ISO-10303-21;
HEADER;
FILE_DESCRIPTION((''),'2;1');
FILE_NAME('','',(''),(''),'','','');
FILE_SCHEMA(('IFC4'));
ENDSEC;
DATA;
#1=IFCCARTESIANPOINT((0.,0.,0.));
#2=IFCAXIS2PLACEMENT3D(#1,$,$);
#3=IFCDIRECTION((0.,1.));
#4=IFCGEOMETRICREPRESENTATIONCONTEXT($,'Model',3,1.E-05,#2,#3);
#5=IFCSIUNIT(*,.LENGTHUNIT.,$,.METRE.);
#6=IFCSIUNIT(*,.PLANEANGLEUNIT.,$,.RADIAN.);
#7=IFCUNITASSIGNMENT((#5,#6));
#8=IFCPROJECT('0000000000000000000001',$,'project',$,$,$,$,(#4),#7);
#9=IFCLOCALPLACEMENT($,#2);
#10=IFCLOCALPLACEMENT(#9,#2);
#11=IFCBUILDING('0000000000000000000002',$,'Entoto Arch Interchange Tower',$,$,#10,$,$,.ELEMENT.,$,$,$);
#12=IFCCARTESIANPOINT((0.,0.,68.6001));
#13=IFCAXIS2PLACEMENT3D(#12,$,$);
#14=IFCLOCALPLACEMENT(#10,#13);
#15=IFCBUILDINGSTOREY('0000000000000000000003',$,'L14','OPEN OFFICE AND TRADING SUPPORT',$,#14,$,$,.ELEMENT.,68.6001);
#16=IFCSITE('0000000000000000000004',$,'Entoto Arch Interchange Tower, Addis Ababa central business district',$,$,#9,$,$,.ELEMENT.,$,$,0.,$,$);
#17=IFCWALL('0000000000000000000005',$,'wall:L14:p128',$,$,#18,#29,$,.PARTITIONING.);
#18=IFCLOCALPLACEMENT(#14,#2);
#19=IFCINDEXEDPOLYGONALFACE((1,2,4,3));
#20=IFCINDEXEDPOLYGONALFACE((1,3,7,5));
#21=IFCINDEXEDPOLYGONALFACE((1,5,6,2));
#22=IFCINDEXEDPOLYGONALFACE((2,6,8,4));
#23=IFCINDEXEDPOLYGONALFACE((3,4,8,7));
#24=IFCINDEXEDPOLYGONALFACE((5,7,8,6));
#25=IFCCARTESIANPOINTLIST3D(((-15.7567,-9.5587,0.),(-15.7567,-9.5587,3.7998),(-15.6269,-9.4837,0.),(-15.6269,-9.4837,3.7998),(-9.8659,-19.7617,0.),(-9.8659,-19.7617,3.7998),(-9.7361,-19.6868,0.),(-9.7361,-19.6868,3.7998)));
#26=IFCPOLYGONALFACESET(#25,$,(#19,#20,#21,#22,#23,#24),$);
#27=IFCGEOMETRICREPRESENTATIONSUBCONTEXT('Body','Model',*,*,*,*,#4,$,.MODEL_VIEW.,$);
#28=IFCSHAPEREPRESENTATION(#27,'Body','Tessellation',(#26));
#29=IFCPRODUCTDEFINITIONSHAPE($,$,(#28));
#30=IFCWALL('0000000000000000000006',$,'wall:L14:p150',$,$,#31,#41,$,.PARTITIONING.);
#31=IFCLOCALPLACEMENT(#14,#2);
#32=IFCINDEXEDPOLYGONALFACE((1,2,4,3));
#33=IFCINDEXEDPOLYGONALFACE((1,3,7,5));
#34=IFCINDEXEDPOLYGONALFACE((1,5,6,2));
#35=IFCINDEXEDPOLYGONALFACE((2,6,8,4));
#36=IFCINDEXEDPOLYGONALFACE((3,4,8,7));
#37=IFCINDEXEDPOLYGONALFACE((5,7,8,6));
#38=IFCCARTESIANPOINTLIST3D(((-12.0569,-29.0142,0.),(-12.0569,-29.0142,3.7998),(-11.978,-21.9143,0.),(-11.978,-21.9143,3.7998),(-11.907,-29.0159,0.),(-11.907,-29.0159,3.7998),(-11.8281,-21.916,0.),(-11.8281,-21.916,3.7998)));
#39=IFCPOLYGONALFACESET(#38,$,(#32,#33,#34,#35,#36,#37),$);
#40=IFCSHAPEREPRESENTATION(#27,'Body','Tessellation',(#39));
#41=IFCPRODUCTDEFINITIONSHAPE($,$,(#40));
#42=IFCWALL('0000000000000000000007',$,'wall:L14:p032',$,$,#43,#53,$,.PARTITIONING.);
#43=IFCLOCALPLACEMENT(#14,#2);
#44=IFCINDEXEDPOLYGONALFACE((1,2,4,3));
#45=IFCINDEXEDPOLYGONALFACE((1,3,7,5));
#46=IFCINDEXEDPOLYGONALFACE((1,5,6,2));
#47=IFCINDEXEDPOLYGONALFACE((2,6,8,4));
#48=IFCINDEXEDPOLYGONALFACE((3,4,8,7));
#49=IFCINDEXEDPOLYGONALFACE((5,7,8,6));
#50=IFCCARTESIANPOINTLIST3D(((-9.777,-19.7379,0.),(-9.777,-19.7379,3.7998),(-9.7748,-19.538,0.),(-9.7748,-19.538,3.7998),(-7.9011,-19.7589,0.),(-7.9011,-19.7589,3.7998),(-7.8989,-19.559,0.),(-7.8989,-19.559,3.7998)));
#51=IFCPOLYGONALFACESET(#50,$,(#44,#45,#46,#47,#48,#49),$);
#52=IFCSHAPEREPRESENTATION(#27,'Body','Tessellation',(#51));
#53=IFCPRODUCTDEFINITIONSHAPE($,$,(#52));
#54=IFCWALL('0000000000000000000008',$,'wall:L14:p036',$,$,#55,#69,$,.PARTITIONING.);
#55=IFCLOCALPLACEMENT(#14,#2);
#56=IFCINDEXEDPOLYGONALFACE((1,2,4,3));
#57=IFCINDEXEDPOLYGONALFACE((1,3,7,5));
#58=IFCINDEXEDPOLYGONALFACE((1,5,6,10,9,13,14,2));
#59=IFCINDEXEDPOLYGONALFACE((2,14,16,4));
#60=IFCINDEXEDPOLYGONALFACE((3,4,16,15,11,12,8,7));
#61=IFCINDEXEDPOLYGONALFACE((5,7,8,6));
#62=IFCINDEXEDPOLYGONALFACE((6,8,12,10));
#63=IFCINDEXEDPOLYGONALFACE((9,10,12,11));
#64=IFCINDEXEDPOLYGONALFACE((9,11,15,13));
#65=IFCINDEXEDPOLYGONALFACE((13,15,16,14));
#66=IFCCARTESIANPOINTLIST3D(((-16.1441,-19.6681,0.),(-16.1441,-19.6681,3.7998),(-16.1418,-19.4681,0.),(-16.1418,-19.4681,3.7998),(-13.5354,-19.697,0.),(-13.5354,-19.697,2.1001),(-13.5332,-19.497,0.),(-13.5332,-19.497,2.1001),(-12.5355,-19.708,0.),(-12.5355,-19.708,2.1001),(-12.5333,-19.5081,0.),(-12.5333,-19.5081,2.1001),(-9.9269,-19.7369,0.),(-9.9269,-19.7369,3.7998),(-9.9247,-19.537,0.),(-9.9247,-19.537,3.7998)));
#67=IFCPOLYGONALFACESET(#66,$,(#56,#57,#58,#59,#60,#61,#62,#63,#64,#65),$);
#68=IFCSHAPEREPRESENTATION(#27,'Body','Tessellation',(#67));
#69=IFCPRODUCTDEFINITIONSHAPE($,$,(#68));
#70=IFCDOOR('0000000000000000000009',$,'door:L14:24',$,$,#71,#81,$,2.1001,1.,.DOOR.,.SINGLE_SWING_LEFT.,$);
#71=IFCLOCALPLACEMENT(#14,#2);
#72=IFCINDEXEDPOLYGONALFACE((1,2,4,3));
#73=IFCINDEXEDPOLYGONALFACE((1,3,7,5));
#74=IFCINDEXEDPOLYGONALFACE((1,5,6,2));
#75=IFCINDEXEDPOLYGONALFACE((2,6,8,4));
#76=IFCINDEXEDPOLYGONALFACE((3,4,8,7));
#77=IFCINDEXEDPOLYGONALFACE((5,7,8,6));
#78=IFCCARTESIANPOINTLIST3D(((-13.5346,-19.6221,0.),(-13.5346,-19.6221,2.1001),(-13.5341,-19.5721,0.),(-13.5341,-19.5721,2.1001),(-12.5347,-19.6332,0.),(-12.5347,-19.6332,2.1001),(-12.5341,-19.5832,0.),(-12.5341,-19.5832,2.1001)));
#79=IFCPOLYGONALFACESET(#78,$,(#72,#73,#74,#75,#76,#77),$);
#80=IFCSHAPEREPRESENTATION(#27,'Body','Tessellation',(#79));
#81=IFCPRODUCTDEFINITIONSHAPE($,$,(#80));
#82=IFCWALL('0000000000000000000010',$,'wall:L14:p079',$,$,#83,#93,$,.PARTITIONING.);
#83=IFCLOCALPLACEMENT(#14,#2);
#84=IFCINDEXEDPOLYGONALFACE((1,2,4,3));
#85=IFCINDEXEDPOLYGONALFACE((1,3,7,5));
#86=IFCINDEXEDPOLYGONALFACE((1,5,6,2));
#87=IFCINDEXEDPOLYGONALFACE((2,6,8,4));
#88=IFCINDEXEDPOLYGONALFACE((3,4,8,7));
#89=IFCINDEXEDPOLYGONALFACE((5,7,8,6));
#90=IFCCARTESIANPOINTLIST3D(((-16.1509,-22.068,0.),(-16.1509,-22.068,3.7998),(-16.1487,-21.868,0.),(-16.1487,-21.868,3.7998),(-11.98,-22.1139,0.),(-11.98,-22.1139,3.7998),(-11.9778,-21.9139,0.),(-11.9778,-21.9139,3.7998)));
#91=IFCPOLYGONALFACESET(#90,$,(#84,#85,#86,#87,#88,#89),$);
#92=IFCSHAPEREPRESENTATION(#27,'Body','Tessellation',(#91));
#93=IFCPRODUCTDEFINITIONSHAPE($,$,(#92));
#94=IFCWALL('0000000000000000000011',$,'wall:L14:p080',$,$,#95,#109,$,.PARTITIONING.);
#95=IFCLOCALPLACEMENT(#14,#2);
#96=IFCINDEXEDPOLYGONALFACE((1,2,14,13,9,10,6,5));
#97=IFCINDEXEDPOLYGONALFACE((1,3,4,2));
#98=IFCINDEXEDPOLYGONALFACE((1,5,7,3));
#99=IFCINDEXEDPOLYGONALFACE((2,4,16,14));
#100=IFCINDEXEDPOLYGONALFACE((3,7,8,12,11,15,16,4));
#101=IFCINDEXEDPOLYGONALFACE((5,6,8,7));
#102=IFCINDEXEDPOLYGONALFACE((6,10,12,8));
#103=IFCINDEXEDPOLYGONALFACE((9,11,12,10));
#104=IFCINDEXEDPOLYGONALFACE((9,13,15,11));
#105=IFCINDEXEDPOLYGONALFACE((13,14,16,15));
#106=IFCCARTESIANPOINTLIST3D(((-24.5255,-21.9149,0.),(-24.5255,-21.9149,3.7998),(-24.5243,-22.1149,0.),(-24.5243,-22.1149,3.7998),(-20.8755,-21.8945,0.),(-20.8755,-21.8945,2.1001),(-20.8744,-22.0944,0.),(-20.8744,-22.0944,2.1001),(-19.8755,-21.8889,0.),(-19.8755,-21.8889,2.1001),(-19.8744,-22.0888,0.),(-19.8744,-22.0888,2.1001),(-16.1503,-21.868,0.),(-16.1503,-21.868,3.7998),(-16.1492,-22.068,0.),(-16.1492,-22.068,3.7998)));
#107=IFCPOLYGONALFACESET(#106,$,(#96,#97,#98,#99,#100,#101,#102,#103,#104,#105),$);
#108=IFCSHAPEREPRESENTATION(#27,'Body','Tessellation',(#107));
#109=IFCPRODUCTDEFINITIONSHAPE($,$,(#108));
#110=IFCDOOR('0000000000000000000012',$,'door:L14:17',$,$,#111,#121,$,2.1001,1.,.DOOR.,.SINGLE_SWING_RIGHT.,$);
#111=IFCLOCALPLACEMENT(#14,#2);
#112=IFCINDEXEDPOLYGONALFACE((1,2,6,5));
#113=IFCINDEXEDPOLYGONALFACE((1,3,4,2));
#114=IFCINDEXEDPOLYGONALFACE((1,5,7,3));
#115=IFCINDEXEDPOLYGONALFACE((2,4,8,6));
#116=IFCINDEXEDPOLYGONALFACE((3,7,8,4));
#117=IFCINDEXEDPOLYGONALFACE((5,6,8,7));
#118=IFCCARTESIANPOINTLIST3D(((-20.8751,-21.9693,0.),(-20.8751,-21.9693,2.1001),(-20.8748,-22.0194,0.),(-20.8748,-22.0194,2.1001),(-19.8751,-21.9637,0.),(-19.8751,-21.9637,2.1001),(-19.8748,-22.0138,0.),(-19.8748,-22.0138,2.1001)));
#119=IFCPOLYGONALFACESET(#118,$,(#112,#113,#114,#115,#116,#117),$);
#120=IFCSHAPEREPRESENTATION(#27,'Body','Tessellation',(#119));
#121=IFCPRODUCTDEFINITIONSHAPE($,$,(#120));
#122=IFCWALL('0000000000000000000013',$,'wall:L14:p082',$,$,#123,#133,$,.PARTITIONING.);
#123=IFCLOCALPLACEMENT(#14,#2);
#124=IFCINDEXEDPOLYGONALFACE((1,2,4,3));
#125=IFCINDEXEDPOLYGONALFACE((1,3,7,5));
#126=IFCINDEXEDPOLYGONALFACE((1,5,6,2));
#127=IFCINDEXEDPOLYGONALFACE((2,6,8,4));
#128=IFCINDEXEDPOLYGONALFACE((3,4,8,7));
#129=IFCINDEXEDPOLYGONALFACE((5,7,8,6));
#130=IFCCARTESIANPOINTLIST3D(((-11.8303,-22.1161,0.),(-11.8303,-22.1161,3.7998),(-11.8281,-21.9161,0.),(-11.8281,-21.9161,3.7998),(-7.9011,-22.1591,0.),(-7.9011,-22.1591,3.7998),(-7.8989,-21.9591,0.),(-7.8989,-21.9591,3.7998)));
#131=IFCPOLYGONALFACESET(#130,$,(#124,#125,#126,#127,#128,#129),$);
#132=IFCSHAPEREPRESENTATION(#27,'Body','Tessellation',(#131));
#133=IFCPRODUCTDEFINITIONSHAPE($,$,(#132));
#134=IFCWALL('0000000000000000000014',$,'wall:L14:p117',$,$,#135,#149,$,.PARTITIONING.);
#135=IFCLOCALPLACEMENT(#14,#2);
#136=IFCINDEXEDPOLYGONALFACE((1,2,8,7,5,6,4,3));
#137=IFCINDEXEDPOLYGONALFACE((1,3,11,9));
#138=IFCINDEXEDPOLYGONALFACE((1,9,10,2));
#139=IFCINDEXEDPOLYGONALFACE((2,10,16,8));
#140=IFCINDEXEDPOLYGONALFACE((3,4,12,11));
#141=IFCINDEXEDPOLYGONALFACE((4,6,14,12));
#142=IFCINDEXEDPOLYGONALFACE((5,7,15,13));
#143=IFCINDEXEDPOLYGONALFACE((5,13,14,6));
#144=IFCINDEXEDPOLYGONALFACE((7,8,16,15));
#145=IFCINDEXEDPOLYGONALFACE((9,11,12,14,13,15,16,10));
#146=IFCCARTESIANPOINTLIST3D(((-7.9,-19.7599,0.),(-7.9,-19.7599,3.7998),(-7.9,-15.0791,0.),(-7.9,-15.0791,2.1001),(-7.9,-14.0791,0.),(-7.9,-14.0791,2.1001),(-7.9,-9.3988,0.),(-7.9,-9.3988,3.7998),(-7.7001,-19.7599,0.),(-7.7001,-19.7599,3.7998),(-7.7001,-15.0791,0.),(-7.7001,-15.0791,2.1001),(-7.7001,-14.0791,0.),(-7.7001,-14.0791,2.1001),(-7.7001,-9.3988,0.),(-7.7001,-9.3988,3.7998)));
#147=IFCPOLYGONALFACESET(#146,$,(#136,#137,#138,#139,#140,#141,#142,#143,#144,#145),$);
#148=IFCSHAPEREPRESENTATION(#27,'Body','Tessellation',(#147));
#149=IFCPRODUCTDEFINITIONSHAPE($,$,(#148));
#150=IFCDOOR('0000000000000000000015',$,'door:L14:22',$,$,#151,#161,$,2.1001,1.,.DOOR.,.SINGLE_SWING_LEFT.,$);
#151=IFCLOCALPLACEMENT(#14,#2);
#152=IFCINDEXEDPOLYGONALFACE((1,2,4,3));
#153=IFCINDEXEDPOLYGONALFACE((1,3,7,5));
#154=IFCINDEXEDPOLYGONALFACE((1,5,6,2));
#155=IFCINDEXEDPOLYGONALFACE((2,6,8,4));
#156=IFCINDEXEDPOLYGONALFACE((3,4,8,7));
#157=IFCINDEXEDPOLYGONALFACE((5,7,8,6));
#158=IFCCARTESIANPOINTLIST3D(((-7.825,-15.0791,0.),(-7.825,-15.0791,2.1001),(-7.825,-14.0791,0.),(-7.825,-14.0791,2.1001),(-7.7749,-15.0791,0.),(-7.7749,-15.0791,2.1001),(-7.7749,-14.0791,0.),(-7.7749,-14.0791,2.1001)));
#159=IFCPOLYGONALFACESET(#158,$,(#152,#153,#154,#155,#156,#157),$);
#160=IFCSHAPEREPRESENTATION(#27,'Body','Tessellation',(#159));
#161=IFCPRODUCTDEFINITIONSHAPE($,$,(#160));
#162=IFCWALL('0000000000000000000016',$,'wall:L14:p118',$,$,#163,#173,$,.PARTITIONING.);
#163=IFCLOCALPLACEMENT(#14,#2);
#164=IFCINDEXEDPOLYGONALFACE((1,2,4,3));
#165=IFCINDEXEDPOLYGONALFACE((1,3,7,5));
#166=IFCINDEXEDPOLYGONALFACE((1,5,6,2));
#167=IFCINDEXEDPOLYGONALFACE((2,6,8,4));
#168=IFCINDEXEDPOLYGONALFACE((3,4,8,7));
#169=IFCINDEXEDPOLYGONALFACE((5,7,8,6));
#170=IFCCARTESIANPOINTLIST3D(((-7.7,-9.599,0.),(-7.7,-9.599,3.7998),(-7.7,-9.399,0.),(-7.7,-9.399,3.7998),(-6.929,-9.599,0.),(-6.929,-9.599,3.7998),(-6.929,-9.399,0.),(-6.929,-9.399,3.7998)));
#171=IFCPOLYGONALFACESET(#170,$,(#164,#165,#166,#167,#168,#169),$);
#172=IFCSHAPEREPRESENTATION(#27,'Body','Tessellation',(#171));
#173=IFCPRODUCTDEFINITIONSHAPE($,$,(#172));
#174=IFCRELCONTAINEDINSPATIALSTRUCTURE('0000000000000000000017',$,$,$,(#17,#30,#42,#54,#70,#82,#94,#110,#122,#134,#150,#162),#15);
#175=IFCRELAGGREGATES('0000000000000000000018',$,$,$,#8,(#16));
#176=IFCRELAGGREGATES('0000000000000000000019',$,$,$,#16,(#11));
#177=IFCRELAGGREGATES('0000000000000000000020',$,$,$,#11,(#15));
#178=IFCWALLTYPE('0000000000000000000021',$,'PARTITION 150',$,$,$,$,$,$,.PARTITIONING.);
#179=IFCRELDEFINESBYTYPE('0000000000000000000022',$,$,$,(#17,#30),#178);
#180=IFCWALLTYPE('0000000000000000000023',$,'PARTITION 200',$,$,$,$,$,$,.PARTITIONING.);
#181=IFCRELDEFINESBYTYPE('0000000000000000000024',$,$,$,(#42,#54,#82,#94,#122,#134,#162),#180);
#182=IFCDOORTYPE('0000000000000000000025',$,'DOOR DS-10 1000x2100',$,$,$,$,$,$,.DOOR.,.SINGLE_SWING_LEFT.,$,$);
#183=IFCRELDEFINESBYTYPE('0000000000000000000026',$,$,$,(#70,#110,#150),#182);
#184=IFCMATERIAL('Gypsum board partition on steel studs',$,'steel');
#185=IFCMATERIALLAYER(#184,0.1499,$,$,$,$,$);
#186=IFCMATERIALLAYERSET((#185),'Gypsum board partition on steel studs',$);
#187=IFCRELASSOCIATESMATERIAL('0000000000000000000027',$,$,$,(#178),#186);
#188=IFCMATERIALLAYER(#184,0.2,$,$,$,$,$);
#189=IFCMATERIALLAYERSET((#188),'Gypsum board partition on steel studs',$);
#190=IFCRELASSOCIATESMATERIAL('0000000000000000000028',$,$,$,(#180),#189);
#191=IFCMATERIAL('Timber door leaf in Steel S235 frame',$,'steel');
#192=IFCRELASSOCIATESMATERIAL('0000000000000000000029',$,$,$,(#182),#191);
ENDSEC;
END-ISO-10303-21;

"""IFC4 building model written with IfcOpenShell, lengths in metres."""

from ifc_helpers import new_model, si_unit, direction, frame, frame_2d, origin, place, context, subcontext, project, spatial, rectangle, extrude, material, layer, layer_set, type_object, element, fill, save


model = new_model("IFC4")

# Units and contexts
model_context = context("Model", 3, precision=1e-05, world=origin(), true_north=direction((0.0, 1.0)))
body_context = subcontext(model_context, "Body", "Model", "MODEL_VIEW")
ifc_project = project(units=[si_unit("LENGTHUNIT", "METRE"), si_unit("PLANEANGLEUNIT", "RADIAN")], contexts=[model_context])

# Site, building, storey
site_placement = place(None, origin())
site = spatial("IfcSite", under=ifc_project, at=site_placement, Name="Entoto Arch Interchange Tower, Addis Ababa central business district", CompositionType="ELEMENT", RefElevation=0.0)
building_placement = place(site_placement, origin())
building = spatial("IfcBuilding", under=site, at=building_placement, Name="Entoto Arch Interchange Tower", CompositionType="ELEMENT")
storey_placement = place(building_placement, frame((0.0, 0.0, 68.6001)))
storey = spatial("IfcBuildingStorey", under=building, at=storey_placement, Name="L14", Description="OPEN OFFICE AND TRADING SUPPORT", CompositionType="ELEMENT", Elevation=68.6001)

# Walls
ifc_material_1 = material(Name="Gypsum board partition on steel studs", Category="steel")
ifc_layer_1 = layer(ifc_material_1, 0.1499)
ifc_layer_set_1 = layer_set([ifc_layer_1], Name="Gypsum board partition on steel studs")
wall_type_1 = type_object("IfcWallType", Name="PARTITION 150", PredefinedType="PARTITIONING", material=ifc_layer_set_1)
wall_1_placement = place(storey_placement, frame((-9.801, -19.7241, 0.0), z_axis=(0.0, 0.0, 1.0), x_axis=(-0.500006, 0.866022, 0.0)))
element("IfcWall", 1, at=wall_1_placement, inside=storey, type_object=wall_type_1, Name="wall:L14:p128", PredefinedType="PARTITIONING", context=body_context, shape_type="SweptSolid", body=[
    extrude(rectangle(XDim=11.7815, YDim=0.1499, at=frame_2d((5.8906, 0.0))), origin(), (0.0, 0.0, 1.0), 3.7998),
])
wall_2_placement = place(storey_placement, frame((-11.9031, -21.915, 0.0), z_axis=(0.0, 0.0, 1.0), x_axis=(-0.011106, -0.999938, 0.0)))
element("IfcWall", 2, at=wall_2_placement, inside=storey, type_object=wall_type_1, Name="wall:L14:p150", PredefinedType="PARTITIONING", context=body_context, shape_type="SweptSolid", body=[
    extrude(rectangle(XDim=7.1003, YDim=0.1499, at=frame_2d((3.5503, 0.0))), origin(), (0.0, 0.0, 1.0), 3.7998),
])
ifc_layer_2 = layer(ifc_material_1, 0.2)
ifc_layer_set_2 = layer_set([ifc_layer_2], Name="Gypsum board partition on steel studs")
wall_type_2 = type_object("IfcWallType", Name="PARTITION 200", PredefinedType="PARTITIONING", material=ifc_layer_set_2)
wall_3_placement = place(storey_placement, frame((-9.7759, -19.6379, 0.0), z_axis=(0.0, 0.0, 1.0), x_axis=(0.999937, -0.011191, 0.0)))
element("IfcWall", 3, at=wall_3_placement, inside=storey, type_object=wall_type_2, Name="wall:L14:p032", PredefinedType="PARTITIONING", context=body_context, shape_type="SweptSolid", body=[
    extrude(rectangle(XDim=1.876, YDim=0.2, at=frame_2d((0.938, 0.0))), origin(), (0.0, 0.0, 1.0), 3.7998),
])

# Wall, opening, door
wall_4_placement = place(storey_placement, frame((-16.1431, -19.5681, 0.0), z_axis=(0.0, 0.0, 1.0), x_axis=(0.999939, -0.011073, 0.0)))
wall_4 = element("IfcWall", 4, at=wall_4_placement, inside=storey, type_object=wall_type_2, Name="wall:L14:p036", PredefinedType="PARTITIONING", context=body_context, shape_type="SweptSolid", body=[
    extrude(rectangle(XDim=6.2175, YDim=0.2, at=frame_2d((3.1089, 0.0))), origin(), (0.0, 0.0, 1.0), 3.7998),
])
opening_1_placement = place(wall_4_placement, frame((2.6089, 0.0, 0.0)))
opening_1 = element("IfcOpeningElement", 5, at=opening_1_placement, cuts=wall_4, PredefinedType="OPENING", context=body_context, shape_type="SweptSolid", body=[
    extrude(rectangle(XDim=1.0, YDim=2.1001, at=frame_2d((0.5, 1.05))), frame((0.0, 0.1099, 0.0), z_axis=(0.0, -1.0, 0.0), x_axis=(1.0, 0.0, 0.0)), (0.0, 0.0, 1.0), 0.22),
])
ifc_material_2 = material(Name="Timber door leaf in Steel S235 frame", Category="steel")
door_type = type_object("IfcDoorType", Name="DOOR DS-10 1000x2100", OperationType="SINGLE_SWING_LEFT", PredefinedType="DOOR", material=ifc_material_2)
door_1_placement = place(opening_1_placement, origin())
door_1 = element("IfcDoor", 6, at=door_1_placement, inside=storey, type_object=door_type, Name="door:L14:24", OperationType="SINGLE_SWING_LEFT", OverallHeight=2.1001, OverallWidth=1.0, PredefinedType="DOOR", context=body_context, shape_type="SweptSolid", body=[
    extrude(rectangle(XDim=1.0, YDim=2.1001, at=frame_2d((0.5, 1.05))), frame((0.0, 0.0249, 0.0), z_axis=(0.0, -1.0, 0.0), x_axis=(1.0, 0.0, 0.0)), (0.0, 0.0, 1.0), 0.05),
])
fill(opening_1, door_1)

# Wall
wall_5_placement = place(storey_placement, frame((-11.979, -22.0139, 0.0), z_axis=(0.0, 0.0, 1.0), x_axis=(-0.999939, 0.011004, 0.0)))
element("IfcWall", 7, at=wall_5_placement, inside=storey, type_object=wall_type_2, Name="wall:L14:p079", PredefinedType="PARTITIONING", context=body_context, shape_type="SweptSolid", body=[
    extrude(rectangle(XDim=4.1711, YDim=0.2, at=frame_2d((2.0854, 0.0))), origin(), (0.0, 0.0, 1.0), 3.7998),
])

# Wall, opening, door
wall_6_placement = place(storey_placement, frame((-16.1499, -21.968, 0.0), z_axis=(0.0, 0.0, 1.0), x_axis=(-0.999984, -0.005597, 0.0)))
wall_6 = element("IfcWall", 8, at=wall_6_placement, inside=storey, type_object=wall_type_2, Name="wall:L14:p080", PredefinedType="PARTITIONING", context=body_context, shape_type="SweptSolid", body=[
    extrude(rectangle(XDim=8.3752, YDim=0.2, at=frame_2d((4.1875, 0.0))), origin(), (0.0, 0.0, 1.0), 3.7998),
])
opening_2_placement = place(wall_6_placement, frame((3.7251, 0.0, 0.0)))
opening_2 = element("IfcOpeningElement", 9, at=opening_2_placement, cuts=wall_6, PredefinedType="OPENING", context=body_context, shape_type="SweptSolid", body=[
    extrude(rectangle(XDim=1.0, YDim=2.1001, at=frame_2d((0.5, 1.05))), frame((0.0, 0.1099, 0.0), z_axis=(0.0, -1.0, 0.0), x_axis=(1.0, 0.0, 0.0)), (0.0, 0.0, 1.0), 0.22),
])
door_2_placement = place(opening_2_placement, origin())
door_2 = element("IfcDoor", 10, at=door_2_placement, inside=storey, type_object=door_type, Name="door:L14:17", OperationType="SINGLE_SWING_RIGHT", OverallHeight=2.1001, OverallWidth=1.0, PredefinedType="DOOR", context=body_context, shape_type="SweptSolid", body=[
    extrude(rectangle(XDim=1.0, YDim=2.1001, at=frame_2d((0.5, 1.05))), frame((0.0, 0.0249, 0.0), z_axis=(0.0, -1.0, 0.0), x_axis=(1.0, 0.0, 0.0)), (0.0, 0.0, 1.0), 0.05),
])
fill(opening_2, door_2)

# Wall
wall_7_placement = place(storey_placement, frame((-7.8999, -22.0591, 0.0), z_axis=(0.0, 0.0, 1.0), x_axis=(-0.99994, 0.010935, 0.0)))
element("IfcWall", 11, at=wall_7_placement, inside=storey, type_object=wall_type_2, Name="wall:L14:p082", PredefinedType="PARTITIONING", context=body_context, shape_type="SweptSolid", body=[
    extrude(rectangle(XDim=3.9294, YDim=0.2, at=frame_2d((1.9648, 0.0))), origin(), (0.0, 0.0, 1.0), 3.7998),
])

# Wall, opening, door
wall_8_placement = place(storey_placement, frame((-7.8, -19.76, 0.0), z_axis=(0.0, 0.0, 1.0), x_axis=(0.0, 1.0, 0.0)))
wall_8 = element("IfcWall", 12, at=wall_8_placement, inside=storey, type_object=wall_type_2, Name="wall:L14:p117", PredefinedType="PARTITIONING", context=body_context, shape_type="SweptSolid", body=[
    extrude(rectangle(XDim=10.3611, YDim=0.2, at=frame_2d((5.1807, 0.0))), origin(), (0.0, 0.0, 1.0), 3.7998),
])
opening_3_placement = place(wall_8_placement, frame((4.6809, 0.0, 0.0)))
opening_3 = element("IfcOpeningElement", 13, at=opening_3_placement, cuts=wall_8, PredefinedType="OPENING", context=body_context, shape_type="SweptSolid", body=[
    extrude(rectangle(XDim=1.0, YDim=2.1001, at=frame_2d((0.5, 1.05))), frame((0.0, 0.1099, 0.0), z_axis=(0.0, -1.0, 0.0), x_axis=(1.0, 0.0, 0.0)), (0.0, 0.0, 1.0), 0.22),
])
door_3_placement = place(opening_3_placement, origin())
door_3 = element("IfcDoor", 14, at=door_3_placement, inside=storey, type_object=door_type, Name="door:L14:22", OperationType="SINGLE_SWING_LEFT", OverallHeight=2.1001, OverallWidth=1.0, PredefinedType="DOOR", context=body_context, shape_type="SweptSolid", body=[
    extrude(rectangle(XDim=1.0, YDim=2.1001, at=frame_2d((0.5, 1.05))), frame((0.0, 0.0249, 0.0), z_axis=(0.0, -1.0, 0.0), x_axis=(1.0, 0.0, 0.0)), (0.0, 0.0, 1.0), 0.05),
])
fill(opening_3, door_3)

# Wall
wall_9_placement = place(storey_placement, frame((-7.7, -9.499, 0.0), z_axis=(0.0, 0.0, 1.0), x_axis=(1.0, 0.0, 0.0)))
element("IfcWall", 15, at=wall_9_placement, inside=storey, type_object=wall_type_2, Name="wall:L14:p118", PredefinedType="PARTITIONING", context=body_context, shape_type="SweptSolid", body=[
    extrude(rectangle(XDim=0.771, YDim=0.2, at=frame_2d((0.3855, 0.0))), origin(), (0.0, 0.0, 1.0), 3.7998),
])

save(model, "model.ifc")
